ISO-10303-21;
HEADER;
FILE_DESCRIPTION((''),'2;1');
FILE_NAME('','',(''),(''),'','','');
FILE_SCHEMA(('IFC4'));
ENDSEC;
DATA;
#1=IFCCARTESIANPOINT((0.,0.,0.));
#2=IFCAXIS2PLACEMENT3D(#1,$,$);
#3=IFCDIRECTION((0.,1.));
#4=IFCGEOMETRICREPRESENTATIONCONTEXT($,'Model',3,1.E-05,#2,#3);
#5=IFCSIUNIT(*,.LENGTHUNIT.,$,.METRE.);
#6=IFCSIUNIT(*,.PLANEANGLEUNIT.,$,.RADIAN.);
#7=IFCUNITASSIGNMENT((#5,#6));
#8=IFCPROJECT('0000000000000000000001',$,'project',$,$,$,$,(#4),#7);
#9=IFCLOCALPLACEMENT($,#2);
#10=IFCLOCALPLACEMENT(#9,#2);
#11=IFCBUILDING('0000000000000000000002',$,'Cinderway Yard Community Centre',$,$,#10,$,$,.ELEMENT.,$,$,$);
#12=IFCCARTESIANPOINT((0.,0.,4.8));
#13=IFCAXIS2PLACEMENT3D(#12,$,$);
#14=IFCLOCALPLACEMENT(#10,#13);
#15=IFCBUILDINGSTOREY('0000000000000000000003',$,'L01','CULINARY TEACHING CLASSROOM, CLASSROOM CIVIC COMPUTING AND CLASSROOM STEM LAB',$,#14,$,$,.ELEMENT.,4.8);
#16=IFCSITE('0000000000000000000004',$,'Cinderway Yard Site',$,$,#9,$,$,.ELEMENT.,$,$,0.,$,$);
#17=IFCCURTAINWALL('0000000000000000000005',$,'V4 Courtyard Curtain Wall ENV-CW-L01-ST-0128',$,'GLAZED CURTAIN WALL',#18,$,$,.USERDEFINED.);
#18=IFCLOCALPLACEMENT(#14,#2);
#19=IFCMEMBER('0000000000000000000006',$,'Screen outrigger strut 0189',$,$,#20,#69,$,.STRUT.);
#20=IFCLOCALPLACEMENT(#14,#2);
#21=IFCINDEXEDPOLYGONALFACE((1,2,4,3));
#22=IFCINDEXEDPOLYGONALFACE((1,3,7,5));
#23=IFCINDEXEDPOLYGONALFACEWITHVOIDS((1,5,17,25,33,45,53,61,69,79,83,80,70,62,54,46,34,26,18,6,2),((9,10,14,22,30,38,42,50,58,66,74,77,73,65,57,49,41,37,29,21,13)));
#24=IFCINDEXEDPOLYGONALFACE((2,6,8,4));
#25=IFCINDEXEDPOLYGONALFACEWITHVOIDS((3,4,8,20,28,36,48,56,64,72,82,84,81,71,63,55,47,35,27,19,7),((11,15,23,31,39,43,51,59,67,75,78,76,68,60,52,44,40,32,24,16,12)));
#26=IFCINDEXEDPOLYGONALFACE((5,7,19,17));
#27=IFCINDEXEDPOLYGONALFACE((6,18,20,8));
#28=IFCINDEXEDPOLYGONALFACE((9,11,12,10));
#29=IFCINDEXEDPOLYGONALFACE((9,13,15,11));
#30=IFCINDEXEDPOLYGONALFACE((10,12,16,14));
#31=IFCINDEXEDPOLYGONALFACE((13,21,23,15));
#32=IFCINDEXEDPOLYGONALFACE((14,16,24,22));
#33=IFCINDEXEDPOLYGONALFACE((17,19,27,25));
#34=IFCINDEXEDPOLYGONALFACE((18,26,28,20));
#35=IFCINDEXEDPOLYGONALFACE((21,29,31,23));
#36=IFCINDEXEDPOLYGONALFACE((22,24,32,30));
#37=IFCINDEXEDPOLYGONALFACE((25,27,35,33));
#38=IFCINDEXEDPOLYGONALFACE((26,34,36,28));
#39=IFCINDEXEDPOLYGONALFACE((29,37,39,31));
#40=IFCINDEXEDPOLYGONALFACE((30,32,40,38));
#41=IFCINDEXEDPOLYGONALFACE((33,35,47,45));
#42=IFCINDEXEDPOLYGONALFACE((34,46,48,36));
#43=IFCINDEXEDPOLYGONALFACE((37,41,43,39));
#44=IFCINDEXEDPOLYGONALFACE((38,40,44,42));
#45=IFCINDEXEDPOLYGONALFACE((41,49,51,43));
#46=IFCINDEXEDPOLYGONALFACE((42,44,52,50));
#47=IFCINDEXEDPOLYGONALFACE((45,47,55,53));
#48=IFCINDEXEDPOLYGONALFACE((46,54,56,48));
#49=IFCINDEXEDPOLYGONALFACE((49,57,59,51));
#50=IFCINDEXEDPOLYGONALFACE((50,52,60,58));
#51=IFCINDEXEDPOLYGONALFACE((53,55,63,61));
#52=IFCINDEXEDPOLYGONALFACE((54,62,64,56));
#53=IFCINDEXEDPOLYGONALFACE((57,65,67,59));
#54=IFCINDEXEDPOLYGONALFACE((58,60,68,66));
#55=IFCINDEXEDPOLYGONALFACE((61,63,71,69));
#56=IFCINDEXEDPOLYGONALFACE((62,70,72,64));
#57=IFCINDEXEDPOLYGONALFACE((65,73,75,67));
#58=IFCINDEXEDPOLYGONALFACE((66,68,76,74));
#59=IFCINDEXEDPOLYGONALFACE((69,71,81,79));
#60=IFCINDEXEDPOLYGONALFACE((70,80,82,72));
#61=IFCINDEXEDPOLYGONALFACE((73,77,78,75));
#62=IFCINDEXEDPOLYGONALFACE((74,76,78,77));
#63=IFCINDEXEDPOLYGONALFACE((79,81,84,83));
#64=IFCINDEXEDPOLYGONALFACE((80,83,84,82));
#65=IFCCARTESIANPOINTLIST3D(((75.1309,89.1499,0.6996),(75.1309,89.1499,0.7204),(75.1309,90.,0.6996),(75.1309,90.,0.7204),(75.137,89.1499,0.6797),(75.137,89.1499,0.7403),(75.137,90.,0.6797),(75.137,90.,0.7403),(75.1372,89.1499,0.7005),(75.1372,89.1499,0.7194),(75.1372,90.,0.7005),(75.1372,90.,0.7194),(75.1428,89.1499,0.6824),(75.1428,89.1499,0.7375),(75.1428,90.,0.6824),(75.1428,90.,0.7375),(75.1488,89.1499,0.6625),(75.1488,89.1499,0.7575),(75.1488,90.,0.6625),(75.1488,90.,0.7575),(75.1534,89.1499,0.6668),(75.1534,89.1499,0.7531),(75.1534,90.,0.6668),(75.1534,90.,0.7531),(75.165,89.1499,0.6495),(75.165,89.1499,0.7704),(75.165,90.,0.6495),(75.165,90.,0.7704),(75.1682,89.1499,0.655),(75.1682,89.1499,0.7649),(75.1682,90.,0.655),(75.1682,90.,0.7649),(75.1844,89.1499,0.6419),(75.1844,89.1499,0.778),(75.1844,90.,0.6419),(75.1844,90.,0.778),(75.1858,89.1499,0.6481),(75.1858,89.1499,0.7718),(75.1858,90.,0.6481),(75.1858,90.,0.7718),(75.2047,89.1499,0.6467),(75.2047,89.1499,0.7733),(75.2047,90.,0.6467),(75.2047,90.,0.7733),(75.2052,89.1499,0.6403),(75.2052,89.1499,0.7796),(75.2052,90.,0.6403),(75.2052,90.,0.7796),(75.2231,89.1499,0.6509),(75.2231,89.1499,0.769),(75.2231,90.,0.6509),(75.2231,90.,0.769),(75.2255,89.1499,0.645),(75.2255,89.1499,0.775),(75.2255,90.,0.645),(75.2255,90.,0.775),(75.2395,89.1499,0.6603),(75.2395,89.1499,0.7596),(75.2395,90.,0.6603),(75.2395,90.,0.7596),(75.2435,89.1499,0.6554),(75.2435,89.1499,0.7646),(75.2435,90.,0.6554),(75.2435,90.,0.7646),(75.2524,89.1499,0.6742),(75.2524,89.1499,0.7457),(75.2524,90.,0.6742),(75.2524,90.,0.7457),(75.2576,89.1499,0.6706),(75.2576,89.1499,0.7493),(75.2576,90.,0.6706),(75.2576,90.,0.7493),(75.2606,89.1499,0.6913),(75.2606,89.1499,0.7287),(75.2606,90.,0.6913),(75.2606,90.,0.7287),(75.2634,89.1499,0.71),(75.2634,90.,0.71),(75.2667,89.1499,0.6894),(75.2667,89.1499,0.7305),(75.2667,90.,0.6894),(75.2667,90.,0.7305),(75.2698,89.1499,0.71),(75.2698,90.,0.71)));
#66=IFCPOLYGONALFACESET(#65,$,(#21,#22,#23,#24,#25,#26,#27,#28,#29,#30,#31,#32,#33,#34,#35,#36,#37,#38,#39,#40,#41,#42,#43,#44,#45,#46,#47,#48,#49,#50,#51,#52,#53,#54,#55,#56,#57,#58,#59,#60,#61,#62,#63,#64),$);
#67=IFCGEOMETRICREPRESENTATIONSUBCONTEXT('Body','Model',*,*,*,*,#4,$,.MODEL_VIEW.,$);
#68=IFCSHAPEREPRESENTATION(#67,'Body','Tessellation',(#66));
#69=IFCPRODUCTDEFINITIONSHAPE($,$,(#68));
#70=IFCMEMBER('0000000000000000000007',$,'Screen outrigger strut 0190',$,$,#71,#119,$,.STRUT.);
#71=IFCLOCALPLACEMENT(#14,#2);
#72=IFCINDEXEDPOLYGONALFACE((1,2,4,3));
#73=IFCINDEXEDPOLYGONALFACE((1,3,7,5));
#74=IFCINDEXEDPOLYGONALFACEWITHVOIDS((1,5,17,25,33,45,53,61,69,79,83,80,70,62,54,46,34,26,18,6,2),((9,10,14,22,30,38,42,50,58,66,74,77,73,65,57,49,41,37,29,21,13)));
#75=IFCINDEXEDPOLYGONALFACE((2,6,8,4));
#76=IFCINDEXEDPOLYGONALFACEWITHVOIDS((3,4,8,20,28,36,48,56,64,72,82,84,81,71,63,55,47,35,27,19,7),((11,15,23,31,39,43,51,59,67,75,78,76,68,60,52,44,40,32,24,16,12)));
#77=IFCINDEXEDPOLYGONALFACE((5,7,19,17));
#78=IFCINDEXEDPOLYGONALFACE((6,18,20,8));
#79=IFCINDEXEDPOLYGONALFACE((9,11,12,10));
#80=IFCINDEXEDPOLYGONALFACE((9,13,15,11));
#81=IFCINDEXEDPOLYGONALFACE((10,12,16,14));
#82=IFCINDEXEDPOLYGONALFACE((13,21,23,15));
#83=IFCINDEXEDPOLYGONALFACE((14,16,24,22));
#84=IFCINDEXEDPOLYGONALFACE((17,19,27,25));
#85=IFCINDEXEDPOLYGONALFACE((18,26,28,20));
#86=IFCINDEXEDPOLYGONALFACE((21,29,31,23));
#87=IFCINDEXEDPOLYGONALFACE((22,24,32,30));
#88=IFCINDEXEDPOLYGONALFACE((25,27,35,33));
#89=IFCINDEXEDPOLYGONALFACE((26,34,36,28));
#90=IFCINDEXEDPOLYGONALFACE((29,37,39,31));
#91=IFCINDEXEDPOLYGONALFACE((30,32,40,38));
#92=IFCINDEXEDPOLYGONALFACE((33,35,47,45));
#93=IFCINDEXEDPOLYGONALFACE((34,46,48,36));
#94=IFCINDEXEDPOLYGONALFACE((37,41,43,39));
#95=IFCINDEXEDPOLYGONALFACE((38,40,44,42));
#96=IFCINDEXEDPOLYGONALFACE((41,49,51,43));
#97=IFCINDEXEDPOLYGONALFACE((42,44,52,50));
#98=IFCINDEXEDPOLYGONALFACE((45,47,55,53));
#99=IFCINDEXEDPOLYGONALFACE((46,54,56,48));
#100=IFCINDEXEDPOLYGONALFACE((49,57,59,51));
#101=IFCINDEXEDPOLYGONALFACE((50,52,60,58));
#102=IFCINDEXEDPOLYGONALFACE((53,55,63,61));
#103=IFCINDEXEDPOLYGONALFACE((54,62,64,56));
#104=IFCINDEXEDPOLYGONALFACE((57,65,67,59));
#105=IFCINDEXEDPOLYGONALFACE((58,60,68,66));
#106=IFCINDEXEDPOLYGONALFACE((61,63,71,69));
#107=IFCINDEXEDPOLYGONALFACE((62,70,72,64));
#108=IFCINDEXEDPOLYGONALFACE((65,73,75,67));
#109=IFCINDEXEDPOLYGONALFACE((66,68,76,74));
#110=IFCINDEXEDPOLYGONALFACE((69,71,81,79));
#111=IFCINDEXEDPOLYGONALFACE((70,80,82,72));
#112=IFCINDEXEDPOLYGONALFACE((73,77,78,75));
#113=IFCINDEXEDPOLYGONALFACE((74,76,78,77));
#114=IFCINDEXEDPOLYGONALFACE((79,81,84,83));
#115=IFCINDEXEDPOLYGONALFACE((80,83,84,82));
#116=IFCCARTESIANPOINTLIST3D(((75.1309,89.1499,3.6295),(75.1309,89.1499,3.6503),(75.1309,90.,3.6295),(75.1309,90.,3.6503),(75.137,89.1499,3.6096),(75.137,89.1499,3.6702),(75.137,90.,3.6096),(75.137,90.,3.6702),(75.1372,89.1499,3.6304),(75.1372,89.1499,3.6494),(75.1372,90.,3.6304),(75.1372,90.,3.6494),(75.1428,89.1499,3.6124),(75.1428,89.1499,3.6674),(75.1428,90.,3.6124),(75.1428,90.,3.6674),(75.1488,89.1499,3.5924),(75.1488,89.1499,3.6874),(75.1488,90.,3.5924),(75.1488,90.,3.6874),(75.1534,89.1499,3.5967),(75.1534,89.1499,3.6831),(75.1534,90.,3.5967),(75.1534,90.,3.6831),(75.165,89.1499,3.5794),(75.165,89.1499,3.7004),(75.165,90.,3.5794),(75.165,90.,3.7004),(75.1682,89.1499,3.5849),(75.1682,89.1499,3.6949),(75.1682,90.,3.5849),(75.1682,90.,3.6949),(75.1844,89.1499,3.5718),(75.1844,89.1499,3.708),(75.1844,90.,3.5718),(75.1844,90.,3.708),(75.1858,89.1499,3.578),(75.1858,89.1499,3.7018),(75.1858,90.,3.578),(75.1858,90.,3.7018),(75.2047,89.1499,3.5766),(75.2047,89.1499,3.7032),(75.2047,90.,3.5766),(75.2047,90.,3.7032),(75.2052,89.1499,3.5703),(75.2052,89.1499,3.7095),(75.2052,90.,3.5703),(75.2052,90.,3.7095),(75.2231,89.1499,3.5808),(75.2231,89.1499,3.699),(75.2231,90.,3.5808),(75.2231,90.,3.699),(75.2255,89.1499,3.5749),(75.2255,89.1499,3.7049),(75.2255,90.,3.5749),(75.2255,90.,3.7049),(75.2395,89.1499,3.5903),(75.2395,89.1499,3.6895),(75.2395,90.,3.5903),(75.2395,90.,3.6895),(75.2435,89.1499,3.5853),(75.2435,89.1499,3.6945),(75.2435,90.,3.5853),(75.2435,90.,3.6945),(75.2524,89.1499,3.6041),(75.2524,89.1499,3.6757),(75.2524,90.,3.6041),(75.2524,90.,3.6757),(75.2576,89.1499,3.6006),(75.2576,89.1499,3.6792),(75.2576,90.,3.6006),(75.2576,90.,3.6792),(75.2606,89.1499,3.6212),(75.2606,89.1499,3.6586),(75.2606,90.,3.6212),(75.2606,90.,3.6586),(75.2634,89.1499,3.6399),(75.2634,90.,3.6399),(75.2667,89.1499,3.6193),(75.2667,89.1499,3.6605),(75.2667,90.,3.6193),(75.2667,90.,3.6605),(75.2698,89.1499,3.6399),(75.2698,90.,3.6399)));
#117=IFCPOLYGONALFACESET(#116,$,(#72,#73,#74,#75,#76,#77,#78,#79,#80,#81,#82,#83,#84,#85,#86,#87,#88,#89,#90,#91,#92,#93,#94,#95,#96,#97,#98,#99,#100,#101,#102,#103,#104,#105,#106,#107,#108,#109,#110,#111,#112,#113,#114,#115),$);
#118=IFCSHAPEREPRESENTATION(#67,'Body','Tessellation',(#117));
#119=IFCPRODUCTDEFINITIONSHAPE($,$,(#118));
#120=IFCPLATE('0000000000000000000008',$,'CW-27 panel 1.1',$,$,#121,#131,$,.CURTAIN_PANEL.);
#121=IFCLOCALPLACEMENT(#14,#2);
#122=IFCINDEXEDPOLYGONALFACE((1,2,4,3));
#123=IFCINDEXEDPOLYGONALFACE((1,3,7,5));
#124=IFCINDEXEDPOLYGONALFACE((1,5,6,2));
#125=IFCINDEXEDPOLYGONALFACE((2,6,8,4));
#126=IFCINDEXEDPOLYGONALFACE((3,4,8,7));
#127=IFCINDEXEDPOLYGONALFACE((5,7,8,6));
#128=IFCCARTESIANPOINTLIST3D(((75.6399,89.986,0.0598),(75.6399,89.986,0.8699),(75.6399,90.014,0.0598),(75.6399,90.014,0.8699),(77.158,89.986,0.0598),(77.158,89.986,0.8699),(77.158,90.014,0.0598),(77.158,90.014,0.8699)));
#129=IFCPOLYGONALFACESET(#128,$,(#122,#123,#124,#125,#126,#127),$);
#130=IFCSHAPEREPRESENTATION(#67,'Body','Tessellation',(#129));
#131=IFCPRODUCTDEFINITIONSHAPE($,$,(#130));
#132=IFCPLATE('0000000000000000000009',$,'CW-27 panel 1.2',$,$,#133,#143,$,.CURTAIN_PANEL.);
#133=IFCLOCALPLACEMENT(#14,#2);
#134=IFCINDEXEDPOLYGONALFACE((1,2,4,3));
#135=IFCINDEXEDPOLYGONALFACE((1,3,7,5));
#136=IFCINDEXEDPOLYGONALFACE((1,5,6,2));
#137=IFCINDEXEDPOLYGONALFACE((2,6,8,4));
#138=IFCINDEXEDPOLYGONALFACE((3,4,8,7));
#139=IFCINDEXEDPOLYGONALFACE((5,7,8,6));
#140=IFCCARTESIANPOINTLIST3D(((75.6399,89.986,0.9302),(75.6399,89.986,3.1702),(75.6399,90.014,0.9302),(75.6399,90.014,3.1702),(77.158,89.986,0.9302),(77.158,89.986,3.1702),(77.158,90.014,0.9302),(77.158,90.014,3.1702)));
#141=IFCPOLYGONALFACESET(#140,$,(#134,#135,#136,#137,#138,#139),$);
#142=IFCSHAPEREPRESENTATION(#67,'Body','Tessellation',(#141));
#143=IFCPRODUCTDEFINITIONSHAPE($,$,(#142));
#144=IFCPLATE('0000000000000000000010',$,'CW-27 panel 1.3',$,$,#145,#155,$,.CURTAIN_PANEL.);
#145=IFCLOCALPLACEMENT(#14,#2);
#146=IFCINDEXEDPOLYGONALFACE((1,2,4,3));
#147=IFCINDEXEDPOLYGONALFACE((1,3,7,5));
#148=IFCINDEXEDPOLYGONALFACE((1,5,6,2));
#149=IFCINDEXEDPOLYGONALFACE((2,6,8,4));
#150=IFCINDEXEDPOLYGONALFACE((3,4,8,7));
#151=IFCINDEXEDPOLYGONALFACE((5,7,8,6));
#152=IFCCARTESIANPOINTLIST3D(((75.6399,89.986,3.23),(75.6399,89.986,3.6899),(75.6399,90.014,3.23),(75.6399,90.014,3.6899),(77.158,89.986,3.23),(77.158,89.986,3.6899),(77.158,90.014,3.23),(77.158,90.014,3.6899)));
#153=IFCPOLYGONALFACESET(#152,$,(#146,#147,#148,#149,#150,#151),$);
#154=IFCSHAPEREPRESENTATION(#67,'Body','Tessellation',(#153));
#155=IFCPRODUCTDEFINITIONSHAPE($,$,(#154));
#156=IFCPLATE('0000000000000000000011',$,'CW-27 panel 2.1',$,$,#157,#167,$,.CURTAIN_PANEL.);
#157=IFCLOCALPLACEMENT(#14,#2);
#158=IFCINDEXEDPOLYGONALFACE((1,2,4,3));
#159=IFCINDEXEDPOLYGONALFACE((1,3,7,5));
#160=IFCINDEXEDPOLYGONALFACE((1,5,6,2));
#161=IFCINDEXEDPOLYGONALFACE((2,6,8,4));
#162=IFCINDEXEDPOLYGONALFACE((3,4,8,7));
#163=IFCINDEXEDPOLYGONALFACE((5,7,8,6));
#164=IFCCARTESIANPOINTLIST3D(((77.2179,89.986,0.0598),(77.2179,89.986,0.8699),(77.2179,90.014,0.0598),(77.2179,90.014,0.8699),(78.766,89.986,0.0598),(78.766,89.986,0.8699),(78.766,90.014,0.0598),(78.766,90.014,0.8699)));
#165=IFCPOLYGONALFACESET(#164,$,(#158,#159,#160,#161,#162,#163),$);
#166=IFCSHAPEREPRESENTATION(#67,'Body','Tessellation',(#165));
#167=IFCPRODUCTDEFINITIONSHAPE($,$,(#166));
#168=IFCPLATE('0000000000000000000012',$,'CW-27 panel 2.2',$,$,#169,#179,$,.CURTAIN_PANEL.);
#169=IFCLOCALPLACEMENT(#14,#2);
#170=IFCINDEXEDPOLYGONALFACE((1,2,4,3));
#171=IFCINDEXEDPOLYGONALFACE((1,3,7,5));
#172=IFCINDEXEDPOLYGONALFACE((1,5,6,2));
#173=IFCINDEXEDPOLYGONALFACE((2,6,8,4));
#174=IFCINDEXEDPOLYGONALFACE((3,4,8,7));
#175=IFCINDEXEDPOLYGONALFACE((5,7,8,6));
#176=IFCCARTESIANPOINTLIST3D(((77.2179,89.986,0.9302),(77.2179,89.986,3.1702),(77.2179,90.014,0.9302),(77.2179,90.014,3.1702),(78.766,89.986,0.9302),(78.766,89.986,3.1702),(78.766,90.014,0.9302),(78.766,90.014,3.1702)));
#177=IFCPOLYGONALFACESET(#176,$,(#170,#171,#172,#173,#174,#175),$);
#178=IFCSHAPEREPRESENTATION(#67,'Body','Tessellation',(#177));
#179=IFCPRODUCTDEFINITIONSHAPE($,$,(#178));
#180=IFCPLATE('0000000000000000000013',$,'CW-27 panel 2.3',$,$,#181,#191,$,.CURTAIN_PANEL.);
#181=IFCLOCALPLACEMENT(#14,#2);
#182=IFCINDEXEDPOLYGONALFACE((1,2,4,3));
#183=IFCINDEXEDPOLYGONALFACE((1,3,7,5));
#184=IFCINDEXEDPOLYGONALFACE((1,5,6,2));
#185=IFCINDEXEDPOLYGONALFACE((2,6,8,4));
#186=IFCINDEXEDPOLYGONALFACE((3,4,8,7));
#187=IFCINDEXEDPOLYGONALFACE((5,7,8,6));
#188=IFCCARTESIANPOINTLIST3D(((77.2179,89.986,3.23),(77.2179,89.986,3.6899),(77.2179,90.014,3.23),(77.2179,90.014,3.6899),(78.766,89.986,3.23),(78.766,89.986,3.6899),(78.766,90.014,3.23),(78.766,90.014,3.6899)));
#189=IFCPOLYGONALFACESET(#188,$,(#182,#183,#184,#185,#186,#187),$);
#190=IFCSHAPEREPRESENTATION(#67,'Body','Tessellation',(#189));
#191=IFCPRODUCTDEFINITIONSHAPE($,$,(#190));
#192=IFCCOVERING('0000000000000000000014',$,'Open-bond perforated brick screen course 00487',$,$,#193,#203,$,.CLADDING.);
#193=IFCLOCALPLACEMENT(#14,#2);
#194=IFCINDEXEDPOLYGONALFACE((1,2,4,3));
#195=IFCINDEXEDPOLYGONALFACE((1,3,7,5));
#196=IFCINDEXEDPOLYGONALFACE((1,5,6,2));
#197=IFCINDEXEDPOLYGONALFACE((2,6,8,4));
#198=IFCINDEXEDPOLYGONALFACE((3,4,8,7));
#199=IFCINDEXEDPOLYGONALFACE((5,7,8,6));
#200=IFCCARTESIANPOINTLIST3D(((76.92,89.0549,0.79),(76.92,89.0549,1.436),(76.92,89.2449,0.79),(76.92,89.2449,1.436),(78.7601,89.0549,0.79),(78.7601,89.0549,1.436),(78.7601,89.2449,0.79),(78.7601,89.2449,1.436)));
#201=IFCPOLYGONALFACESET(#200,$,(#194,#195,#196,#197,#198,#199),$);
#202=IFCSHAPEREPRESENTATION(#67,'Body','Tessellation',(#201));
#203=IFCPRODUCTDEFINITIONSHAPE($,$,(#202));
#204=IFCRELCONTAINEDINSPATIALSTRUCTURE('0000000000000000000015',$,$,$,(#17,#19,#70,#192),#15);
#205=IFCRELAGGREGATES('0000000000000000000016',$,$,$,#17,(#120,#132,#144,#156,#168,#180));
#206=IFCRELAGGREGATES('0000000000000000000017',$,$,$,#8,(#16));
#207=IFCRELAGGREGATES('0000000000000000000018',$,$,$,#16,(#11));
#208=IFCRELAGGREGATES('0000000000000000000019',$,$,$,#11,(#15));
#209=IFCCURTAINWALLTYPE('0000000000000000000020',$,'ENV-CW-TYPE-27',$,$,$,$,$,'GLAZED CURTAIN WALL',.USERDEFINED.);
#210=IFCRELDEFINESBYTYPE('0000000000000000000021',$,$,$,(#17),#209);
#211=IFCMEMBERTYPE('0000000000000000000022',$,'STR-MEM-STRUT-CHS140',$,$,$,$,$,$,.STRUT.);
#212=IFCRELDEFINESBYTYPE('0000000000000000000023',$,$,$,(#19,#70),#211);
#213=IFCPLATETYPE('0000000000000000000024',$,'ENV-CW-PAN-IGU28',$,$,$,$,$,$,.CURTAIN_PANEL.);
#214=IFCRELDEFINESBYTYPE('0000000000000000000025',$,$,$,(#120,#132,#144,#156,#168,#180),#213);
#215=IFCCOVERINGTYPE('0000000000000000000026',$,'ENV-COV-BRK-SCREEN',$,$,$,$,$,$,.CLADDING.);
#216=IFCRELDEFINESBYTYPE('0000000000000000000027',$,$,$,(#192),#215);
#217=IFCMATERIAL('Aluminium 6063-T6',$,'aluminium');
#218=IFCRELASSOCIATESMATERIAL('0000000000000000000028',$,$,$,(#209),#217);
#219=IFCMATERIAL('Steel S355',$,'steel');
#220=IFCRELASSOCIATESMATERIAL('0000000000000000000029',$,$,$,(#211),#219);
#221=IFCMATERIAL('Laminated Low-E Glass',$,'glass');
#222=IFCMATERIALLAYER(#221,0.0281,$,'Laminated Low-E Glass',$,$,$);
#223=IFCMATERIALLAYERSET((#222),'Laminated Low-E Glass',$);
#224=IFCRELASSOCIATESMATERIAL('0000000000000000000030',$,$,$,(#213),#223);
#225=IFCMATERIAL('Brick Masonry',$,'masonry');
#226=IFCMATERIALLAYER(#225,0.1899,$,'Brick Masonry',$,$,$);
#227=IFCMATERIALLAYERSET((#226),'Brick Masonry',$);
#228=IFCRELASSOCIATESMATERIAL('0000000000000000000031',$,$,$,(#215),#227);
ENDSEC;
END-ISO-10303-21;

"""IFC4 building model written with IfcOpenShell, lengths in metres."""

from ifc_helpers import new_model, si_unit, direction, frame, origin, origin_2d, place, context, subcontext, project, spatial, rectangle, hollow_circle, extrude, material, layer, layer_set, material_profile, profile_set, type_object, element, aggregate, save


model = new_model("IFC4")

# Units and contexts
model_context = context("Model", 3, precision=1e-05, world=origin(), true_north=direction((0.0, 1.0)))
body_context = subcontext(model_context, "Body", "Model", "MODEL_VIEW")
ifc_project = project(units=[si_unit("LENGTHUNIT", "METRE"), si_unit("PLANEANGLEUNIT", "RADIAN")], contexts=[model_context])

# Site, building, storey
site_placement = place(None, origin())
site = spatial("IfcSite", under=ifc_project, at=site_placement, Name="Cinderway Yard Site", CompositionType="ELEMENT", RefElevation=0.0)
building_placement = place(site_placement, origin())
building = spatial("IfcBuilding", under=site, at=building_placement, Name="Cinderway Yard Community Centre", CompositionType="ELEMENT")
storey_placement = place(building_placement, frame((0.0, 0.0, 4.8)))
storey = spatial("IfcBuildingStorey", under=building, at=storey_placement, Name="L01", Description="CULINARY TEACHING CLASSROOM, CLASSROOM CIVIC COMPUTING AND CLASSROOM STEM LAB", CompositionType="ELEMENT", Elevation=4.8)

# Curtain wall
ifc_material_1 = material(Name="Aluminium 6063-T6", Category="aluminium")
curtain_wall_type = type_object("IfcCurtainWallType", Name="ENV-CW-TYPE-27", ElementType="GLAZED CURTAIN WALL", PredefinedType="USERDEFINED", material=ifc_material_1)
curtain_wall_placement = place(storey_placement, origin())
curtain_wall = element("IfcCurtainWall", 1, at=curtain_wall_placement, inside=storey, type_object=curtain_wall_type, Name="V4 Courtyard Curtain Wall ENV-CW-L01-ST-0128", ObjectType="GLAZED CURTAIN WALL", PredefinedType="USERDEFINED")

# Shared definitions
ifc_material_2 = material(Name="Steel S355", Category="steel")

# Members
ifc_material_profile_1 = material_profile(ifc_material_2, hollow_circle(Radius=0.0698, WallThickness=0.0063, at=origin_2d()), Name="Steel S355")
ifc_profile_set_1 = profile_set([ifc_material_profile_1], Name="Steel S355")
member_type_1 = type_object("IfcMemberType", Name="STR-MEM-STRUT-CHS140", PredefinedType="STRUT", material=ifc_profile_set_1)
for number, where, z_axis, x_axis, name in (
    (2, (75.2, 90.0, 0.71), (0.0, -1.0, 0.0), (1.0, 0.0, 0.0), "Screen outrigger strut 0189"),
    (3, (75.2, 90.0, 3.6399), (0.0, -1.0, 0.0), (1.0, 0.0, 0.0), "Screen outrigger strut 0190"),
):
    element("IfcMember", number, at=place(storey_placement, frame(where, z_axis=z_axis, x_axis=x_axis)), inside=storey, type_object=member_type_1, Name=name, PredefinedType="STRUT", context=body_context, shape_type="SweptSolid", body=[
        extrude(hollow_circle(Radius=0.0698, WallThickness=0.0063, at=origin_2d()), origin(), (0.0, 0.0, 1.0), 0.8501),
    ])

# Plates
ifc_material_3 = material(Name="Laminated Low-E Glass", Category="glass")
ifc_layer_1 = layer(ifc_material_3, 0.0281, Name="Laminated Low-E Glass")
ifc_layer_set_1 = layer_set([ifc_layer_1], Name="Laminated Low-E Glass")
plate_type = type_object("IfcPlateType", Name="ENV-CW-PAN-IGU28", PredefinedType="CURTAIN_PANEL", material=ifc_layer_set_1)
plate_1_placement = place(storey_placement, frame((76.3989, 90.0, 0.0598), z_axis=(0.0, 0.0, 1.0), x_axis=(1.0, 0.0, 0.0)))
plate_1 = element("IfcPlate", 4, at=plate_1_placement, type_object=plate_type, Name="CW-27 panel 1.1", PredefinedType="CURTAIN_PANEL", context=body_context, shape_type="SweptSolid", body=[
    extrude(rectangle(XDim=1.5181, YDim=0.0281, at=origin_2d()), origin(), (0.0, 0.0, 1.0), 0.8101),
])
plate_2_placement = place(storey_placement, frame((76.3989, 90.0, 0.9302), z_axis=(0.0, 0.0, 1.0), x_axis=(1.0, 0.0, 0.0)))
plate_2 = element("IfcPlate", 5, at=plate_2_placement, type_object=plate_type, Name="CW-27 panel 1.2", PredefinedType="CURTAIN_PANEL", context=body_context, shape_type="SweptSolid", body=[
    extrude(rectangle(XDim=1.5181, YDim=0.0281, at=origin_2d()), origin(), (0.0, 0.0, 1.0), 2.24),
])
plate_3_placement = place(storey_placement, frame((76.3989, 90.0, 3.23), z_axis=(0.0, 0.0, 1.0), x_axis=(1.0, 0.0, 0.0)))
plate_3 = element("IfcPlate", 6, at=plate_3_placement, type_object=plate_type, Name="CW-27 panel 1.3", PredefinedType="CURTAIN_PANEL", context=body_context, shape_type="SweptSolid", body=[
    extrude(rectangle(XDim=1.5181, YDim=0.0281, at=origin_2d()), origin(), (0.0, 0.0, 1.0), 0.46),
])
plate_4_placement = place(storey_placement, frame((77.9919, 90.0, 0.0598), z_axis=(0.0, 0.0, 1.0), x_axis=(1.0, 0.0, 0.0)))
plate_4 = element("IfcPlate", 7, at=plate_4_placement, type_object=plate_type, Name="CW-27 panel 2.1", PredefinedType="CURTAIN_PANEL", context=body_context, shape_type="SweptSolid", body=[
    extrude(rectangle(XDim=1.5481, YDim=0.0281, at=origin_2d()), origin(), (0.0, 0.0, 1.0), 0.8101),
])
plate_5_placement = place(storey_placement, frame((77.9919, 90.0, 0.9302), z_axis=(0.0, 0.0, 1.0), x_axis=(1.0, 0.0, 0.0)))
plate_5 = element("IfcPlate", 8, at=plate_5_placement, type_object=plate_type, Name="CW-27 panel 2.2", PredefinedType="CURTAIN_PANEL", context=body_context, shape_type="SweptSolid", body=[
    extrude(rectangle(XDim=1.5481, YDim=0.0281, at=origin_2d()), origin(), (0.0, 0.0, 1.0), 2.24),
])
plate_6_placement = place(storey_placement, frame((77.9919, 90.0, 3.23), z_axis=(0.0, 0.0, 1.0), x_axis=(1.0, 0.0, 0.0)))
plate_6 = element("IfcPlate", 9, at=plate_6_placement, type_object=plate_type, Name="CW-27 panel 2.3", PredefinedType="CURTAIN_PANEL", context=body_context, shape_type="SweptSolid", body=[
    extrude(rectangle(XDim=1.5481, YDim=0.0281, at=origin_2d()), origin(), (0.0, 0.0, 1.0), 0.46),
])
aggregate(curtain_wall, [plate_1, plate_2, plate_3, plate_4, plate_5, plate_6])

# Covering
ifc_material_4 = material(Name="Brick Masonry", Category="masonry")
ifc_layer_2 = layer(ifc_material_4, 0.1899, Name="Brick Masonry")
ifc_layer_set_2 = layer_set([ifc_layer_2], Name="Brick Masonry")
covering_type = type_object("IfcCoveringType", Name="ENV-COV-BRK-SCREEN", PredefinedType="CLADDING", material=ifc_layer_set_2)
for number, where, z_axis, x_axis, name in (
    (10, (77.8401, 89.1499, 0.79), (0.0, 0.0, 1.0), (-1.0, 0.0, 0.0), "Open-bond perforated brick screen course 00487"),
):
    element("IfcCovering", number, at=place(storey_placement, frame(where, z_axis=z_axis, x_axis=x_axis)), inside=storey, type_object=covering_type, Name=name, PredefinedType="CLADDING", context=body_context, shape_type="SweptSolid", body=[
        extrude(rectangle(XDim=1.8401, YDim=0.1899, at=origin_2d()), origin(), (0.0, 0.0, 1.0), 0.646),
    ])

save(model, "model.ifc")
